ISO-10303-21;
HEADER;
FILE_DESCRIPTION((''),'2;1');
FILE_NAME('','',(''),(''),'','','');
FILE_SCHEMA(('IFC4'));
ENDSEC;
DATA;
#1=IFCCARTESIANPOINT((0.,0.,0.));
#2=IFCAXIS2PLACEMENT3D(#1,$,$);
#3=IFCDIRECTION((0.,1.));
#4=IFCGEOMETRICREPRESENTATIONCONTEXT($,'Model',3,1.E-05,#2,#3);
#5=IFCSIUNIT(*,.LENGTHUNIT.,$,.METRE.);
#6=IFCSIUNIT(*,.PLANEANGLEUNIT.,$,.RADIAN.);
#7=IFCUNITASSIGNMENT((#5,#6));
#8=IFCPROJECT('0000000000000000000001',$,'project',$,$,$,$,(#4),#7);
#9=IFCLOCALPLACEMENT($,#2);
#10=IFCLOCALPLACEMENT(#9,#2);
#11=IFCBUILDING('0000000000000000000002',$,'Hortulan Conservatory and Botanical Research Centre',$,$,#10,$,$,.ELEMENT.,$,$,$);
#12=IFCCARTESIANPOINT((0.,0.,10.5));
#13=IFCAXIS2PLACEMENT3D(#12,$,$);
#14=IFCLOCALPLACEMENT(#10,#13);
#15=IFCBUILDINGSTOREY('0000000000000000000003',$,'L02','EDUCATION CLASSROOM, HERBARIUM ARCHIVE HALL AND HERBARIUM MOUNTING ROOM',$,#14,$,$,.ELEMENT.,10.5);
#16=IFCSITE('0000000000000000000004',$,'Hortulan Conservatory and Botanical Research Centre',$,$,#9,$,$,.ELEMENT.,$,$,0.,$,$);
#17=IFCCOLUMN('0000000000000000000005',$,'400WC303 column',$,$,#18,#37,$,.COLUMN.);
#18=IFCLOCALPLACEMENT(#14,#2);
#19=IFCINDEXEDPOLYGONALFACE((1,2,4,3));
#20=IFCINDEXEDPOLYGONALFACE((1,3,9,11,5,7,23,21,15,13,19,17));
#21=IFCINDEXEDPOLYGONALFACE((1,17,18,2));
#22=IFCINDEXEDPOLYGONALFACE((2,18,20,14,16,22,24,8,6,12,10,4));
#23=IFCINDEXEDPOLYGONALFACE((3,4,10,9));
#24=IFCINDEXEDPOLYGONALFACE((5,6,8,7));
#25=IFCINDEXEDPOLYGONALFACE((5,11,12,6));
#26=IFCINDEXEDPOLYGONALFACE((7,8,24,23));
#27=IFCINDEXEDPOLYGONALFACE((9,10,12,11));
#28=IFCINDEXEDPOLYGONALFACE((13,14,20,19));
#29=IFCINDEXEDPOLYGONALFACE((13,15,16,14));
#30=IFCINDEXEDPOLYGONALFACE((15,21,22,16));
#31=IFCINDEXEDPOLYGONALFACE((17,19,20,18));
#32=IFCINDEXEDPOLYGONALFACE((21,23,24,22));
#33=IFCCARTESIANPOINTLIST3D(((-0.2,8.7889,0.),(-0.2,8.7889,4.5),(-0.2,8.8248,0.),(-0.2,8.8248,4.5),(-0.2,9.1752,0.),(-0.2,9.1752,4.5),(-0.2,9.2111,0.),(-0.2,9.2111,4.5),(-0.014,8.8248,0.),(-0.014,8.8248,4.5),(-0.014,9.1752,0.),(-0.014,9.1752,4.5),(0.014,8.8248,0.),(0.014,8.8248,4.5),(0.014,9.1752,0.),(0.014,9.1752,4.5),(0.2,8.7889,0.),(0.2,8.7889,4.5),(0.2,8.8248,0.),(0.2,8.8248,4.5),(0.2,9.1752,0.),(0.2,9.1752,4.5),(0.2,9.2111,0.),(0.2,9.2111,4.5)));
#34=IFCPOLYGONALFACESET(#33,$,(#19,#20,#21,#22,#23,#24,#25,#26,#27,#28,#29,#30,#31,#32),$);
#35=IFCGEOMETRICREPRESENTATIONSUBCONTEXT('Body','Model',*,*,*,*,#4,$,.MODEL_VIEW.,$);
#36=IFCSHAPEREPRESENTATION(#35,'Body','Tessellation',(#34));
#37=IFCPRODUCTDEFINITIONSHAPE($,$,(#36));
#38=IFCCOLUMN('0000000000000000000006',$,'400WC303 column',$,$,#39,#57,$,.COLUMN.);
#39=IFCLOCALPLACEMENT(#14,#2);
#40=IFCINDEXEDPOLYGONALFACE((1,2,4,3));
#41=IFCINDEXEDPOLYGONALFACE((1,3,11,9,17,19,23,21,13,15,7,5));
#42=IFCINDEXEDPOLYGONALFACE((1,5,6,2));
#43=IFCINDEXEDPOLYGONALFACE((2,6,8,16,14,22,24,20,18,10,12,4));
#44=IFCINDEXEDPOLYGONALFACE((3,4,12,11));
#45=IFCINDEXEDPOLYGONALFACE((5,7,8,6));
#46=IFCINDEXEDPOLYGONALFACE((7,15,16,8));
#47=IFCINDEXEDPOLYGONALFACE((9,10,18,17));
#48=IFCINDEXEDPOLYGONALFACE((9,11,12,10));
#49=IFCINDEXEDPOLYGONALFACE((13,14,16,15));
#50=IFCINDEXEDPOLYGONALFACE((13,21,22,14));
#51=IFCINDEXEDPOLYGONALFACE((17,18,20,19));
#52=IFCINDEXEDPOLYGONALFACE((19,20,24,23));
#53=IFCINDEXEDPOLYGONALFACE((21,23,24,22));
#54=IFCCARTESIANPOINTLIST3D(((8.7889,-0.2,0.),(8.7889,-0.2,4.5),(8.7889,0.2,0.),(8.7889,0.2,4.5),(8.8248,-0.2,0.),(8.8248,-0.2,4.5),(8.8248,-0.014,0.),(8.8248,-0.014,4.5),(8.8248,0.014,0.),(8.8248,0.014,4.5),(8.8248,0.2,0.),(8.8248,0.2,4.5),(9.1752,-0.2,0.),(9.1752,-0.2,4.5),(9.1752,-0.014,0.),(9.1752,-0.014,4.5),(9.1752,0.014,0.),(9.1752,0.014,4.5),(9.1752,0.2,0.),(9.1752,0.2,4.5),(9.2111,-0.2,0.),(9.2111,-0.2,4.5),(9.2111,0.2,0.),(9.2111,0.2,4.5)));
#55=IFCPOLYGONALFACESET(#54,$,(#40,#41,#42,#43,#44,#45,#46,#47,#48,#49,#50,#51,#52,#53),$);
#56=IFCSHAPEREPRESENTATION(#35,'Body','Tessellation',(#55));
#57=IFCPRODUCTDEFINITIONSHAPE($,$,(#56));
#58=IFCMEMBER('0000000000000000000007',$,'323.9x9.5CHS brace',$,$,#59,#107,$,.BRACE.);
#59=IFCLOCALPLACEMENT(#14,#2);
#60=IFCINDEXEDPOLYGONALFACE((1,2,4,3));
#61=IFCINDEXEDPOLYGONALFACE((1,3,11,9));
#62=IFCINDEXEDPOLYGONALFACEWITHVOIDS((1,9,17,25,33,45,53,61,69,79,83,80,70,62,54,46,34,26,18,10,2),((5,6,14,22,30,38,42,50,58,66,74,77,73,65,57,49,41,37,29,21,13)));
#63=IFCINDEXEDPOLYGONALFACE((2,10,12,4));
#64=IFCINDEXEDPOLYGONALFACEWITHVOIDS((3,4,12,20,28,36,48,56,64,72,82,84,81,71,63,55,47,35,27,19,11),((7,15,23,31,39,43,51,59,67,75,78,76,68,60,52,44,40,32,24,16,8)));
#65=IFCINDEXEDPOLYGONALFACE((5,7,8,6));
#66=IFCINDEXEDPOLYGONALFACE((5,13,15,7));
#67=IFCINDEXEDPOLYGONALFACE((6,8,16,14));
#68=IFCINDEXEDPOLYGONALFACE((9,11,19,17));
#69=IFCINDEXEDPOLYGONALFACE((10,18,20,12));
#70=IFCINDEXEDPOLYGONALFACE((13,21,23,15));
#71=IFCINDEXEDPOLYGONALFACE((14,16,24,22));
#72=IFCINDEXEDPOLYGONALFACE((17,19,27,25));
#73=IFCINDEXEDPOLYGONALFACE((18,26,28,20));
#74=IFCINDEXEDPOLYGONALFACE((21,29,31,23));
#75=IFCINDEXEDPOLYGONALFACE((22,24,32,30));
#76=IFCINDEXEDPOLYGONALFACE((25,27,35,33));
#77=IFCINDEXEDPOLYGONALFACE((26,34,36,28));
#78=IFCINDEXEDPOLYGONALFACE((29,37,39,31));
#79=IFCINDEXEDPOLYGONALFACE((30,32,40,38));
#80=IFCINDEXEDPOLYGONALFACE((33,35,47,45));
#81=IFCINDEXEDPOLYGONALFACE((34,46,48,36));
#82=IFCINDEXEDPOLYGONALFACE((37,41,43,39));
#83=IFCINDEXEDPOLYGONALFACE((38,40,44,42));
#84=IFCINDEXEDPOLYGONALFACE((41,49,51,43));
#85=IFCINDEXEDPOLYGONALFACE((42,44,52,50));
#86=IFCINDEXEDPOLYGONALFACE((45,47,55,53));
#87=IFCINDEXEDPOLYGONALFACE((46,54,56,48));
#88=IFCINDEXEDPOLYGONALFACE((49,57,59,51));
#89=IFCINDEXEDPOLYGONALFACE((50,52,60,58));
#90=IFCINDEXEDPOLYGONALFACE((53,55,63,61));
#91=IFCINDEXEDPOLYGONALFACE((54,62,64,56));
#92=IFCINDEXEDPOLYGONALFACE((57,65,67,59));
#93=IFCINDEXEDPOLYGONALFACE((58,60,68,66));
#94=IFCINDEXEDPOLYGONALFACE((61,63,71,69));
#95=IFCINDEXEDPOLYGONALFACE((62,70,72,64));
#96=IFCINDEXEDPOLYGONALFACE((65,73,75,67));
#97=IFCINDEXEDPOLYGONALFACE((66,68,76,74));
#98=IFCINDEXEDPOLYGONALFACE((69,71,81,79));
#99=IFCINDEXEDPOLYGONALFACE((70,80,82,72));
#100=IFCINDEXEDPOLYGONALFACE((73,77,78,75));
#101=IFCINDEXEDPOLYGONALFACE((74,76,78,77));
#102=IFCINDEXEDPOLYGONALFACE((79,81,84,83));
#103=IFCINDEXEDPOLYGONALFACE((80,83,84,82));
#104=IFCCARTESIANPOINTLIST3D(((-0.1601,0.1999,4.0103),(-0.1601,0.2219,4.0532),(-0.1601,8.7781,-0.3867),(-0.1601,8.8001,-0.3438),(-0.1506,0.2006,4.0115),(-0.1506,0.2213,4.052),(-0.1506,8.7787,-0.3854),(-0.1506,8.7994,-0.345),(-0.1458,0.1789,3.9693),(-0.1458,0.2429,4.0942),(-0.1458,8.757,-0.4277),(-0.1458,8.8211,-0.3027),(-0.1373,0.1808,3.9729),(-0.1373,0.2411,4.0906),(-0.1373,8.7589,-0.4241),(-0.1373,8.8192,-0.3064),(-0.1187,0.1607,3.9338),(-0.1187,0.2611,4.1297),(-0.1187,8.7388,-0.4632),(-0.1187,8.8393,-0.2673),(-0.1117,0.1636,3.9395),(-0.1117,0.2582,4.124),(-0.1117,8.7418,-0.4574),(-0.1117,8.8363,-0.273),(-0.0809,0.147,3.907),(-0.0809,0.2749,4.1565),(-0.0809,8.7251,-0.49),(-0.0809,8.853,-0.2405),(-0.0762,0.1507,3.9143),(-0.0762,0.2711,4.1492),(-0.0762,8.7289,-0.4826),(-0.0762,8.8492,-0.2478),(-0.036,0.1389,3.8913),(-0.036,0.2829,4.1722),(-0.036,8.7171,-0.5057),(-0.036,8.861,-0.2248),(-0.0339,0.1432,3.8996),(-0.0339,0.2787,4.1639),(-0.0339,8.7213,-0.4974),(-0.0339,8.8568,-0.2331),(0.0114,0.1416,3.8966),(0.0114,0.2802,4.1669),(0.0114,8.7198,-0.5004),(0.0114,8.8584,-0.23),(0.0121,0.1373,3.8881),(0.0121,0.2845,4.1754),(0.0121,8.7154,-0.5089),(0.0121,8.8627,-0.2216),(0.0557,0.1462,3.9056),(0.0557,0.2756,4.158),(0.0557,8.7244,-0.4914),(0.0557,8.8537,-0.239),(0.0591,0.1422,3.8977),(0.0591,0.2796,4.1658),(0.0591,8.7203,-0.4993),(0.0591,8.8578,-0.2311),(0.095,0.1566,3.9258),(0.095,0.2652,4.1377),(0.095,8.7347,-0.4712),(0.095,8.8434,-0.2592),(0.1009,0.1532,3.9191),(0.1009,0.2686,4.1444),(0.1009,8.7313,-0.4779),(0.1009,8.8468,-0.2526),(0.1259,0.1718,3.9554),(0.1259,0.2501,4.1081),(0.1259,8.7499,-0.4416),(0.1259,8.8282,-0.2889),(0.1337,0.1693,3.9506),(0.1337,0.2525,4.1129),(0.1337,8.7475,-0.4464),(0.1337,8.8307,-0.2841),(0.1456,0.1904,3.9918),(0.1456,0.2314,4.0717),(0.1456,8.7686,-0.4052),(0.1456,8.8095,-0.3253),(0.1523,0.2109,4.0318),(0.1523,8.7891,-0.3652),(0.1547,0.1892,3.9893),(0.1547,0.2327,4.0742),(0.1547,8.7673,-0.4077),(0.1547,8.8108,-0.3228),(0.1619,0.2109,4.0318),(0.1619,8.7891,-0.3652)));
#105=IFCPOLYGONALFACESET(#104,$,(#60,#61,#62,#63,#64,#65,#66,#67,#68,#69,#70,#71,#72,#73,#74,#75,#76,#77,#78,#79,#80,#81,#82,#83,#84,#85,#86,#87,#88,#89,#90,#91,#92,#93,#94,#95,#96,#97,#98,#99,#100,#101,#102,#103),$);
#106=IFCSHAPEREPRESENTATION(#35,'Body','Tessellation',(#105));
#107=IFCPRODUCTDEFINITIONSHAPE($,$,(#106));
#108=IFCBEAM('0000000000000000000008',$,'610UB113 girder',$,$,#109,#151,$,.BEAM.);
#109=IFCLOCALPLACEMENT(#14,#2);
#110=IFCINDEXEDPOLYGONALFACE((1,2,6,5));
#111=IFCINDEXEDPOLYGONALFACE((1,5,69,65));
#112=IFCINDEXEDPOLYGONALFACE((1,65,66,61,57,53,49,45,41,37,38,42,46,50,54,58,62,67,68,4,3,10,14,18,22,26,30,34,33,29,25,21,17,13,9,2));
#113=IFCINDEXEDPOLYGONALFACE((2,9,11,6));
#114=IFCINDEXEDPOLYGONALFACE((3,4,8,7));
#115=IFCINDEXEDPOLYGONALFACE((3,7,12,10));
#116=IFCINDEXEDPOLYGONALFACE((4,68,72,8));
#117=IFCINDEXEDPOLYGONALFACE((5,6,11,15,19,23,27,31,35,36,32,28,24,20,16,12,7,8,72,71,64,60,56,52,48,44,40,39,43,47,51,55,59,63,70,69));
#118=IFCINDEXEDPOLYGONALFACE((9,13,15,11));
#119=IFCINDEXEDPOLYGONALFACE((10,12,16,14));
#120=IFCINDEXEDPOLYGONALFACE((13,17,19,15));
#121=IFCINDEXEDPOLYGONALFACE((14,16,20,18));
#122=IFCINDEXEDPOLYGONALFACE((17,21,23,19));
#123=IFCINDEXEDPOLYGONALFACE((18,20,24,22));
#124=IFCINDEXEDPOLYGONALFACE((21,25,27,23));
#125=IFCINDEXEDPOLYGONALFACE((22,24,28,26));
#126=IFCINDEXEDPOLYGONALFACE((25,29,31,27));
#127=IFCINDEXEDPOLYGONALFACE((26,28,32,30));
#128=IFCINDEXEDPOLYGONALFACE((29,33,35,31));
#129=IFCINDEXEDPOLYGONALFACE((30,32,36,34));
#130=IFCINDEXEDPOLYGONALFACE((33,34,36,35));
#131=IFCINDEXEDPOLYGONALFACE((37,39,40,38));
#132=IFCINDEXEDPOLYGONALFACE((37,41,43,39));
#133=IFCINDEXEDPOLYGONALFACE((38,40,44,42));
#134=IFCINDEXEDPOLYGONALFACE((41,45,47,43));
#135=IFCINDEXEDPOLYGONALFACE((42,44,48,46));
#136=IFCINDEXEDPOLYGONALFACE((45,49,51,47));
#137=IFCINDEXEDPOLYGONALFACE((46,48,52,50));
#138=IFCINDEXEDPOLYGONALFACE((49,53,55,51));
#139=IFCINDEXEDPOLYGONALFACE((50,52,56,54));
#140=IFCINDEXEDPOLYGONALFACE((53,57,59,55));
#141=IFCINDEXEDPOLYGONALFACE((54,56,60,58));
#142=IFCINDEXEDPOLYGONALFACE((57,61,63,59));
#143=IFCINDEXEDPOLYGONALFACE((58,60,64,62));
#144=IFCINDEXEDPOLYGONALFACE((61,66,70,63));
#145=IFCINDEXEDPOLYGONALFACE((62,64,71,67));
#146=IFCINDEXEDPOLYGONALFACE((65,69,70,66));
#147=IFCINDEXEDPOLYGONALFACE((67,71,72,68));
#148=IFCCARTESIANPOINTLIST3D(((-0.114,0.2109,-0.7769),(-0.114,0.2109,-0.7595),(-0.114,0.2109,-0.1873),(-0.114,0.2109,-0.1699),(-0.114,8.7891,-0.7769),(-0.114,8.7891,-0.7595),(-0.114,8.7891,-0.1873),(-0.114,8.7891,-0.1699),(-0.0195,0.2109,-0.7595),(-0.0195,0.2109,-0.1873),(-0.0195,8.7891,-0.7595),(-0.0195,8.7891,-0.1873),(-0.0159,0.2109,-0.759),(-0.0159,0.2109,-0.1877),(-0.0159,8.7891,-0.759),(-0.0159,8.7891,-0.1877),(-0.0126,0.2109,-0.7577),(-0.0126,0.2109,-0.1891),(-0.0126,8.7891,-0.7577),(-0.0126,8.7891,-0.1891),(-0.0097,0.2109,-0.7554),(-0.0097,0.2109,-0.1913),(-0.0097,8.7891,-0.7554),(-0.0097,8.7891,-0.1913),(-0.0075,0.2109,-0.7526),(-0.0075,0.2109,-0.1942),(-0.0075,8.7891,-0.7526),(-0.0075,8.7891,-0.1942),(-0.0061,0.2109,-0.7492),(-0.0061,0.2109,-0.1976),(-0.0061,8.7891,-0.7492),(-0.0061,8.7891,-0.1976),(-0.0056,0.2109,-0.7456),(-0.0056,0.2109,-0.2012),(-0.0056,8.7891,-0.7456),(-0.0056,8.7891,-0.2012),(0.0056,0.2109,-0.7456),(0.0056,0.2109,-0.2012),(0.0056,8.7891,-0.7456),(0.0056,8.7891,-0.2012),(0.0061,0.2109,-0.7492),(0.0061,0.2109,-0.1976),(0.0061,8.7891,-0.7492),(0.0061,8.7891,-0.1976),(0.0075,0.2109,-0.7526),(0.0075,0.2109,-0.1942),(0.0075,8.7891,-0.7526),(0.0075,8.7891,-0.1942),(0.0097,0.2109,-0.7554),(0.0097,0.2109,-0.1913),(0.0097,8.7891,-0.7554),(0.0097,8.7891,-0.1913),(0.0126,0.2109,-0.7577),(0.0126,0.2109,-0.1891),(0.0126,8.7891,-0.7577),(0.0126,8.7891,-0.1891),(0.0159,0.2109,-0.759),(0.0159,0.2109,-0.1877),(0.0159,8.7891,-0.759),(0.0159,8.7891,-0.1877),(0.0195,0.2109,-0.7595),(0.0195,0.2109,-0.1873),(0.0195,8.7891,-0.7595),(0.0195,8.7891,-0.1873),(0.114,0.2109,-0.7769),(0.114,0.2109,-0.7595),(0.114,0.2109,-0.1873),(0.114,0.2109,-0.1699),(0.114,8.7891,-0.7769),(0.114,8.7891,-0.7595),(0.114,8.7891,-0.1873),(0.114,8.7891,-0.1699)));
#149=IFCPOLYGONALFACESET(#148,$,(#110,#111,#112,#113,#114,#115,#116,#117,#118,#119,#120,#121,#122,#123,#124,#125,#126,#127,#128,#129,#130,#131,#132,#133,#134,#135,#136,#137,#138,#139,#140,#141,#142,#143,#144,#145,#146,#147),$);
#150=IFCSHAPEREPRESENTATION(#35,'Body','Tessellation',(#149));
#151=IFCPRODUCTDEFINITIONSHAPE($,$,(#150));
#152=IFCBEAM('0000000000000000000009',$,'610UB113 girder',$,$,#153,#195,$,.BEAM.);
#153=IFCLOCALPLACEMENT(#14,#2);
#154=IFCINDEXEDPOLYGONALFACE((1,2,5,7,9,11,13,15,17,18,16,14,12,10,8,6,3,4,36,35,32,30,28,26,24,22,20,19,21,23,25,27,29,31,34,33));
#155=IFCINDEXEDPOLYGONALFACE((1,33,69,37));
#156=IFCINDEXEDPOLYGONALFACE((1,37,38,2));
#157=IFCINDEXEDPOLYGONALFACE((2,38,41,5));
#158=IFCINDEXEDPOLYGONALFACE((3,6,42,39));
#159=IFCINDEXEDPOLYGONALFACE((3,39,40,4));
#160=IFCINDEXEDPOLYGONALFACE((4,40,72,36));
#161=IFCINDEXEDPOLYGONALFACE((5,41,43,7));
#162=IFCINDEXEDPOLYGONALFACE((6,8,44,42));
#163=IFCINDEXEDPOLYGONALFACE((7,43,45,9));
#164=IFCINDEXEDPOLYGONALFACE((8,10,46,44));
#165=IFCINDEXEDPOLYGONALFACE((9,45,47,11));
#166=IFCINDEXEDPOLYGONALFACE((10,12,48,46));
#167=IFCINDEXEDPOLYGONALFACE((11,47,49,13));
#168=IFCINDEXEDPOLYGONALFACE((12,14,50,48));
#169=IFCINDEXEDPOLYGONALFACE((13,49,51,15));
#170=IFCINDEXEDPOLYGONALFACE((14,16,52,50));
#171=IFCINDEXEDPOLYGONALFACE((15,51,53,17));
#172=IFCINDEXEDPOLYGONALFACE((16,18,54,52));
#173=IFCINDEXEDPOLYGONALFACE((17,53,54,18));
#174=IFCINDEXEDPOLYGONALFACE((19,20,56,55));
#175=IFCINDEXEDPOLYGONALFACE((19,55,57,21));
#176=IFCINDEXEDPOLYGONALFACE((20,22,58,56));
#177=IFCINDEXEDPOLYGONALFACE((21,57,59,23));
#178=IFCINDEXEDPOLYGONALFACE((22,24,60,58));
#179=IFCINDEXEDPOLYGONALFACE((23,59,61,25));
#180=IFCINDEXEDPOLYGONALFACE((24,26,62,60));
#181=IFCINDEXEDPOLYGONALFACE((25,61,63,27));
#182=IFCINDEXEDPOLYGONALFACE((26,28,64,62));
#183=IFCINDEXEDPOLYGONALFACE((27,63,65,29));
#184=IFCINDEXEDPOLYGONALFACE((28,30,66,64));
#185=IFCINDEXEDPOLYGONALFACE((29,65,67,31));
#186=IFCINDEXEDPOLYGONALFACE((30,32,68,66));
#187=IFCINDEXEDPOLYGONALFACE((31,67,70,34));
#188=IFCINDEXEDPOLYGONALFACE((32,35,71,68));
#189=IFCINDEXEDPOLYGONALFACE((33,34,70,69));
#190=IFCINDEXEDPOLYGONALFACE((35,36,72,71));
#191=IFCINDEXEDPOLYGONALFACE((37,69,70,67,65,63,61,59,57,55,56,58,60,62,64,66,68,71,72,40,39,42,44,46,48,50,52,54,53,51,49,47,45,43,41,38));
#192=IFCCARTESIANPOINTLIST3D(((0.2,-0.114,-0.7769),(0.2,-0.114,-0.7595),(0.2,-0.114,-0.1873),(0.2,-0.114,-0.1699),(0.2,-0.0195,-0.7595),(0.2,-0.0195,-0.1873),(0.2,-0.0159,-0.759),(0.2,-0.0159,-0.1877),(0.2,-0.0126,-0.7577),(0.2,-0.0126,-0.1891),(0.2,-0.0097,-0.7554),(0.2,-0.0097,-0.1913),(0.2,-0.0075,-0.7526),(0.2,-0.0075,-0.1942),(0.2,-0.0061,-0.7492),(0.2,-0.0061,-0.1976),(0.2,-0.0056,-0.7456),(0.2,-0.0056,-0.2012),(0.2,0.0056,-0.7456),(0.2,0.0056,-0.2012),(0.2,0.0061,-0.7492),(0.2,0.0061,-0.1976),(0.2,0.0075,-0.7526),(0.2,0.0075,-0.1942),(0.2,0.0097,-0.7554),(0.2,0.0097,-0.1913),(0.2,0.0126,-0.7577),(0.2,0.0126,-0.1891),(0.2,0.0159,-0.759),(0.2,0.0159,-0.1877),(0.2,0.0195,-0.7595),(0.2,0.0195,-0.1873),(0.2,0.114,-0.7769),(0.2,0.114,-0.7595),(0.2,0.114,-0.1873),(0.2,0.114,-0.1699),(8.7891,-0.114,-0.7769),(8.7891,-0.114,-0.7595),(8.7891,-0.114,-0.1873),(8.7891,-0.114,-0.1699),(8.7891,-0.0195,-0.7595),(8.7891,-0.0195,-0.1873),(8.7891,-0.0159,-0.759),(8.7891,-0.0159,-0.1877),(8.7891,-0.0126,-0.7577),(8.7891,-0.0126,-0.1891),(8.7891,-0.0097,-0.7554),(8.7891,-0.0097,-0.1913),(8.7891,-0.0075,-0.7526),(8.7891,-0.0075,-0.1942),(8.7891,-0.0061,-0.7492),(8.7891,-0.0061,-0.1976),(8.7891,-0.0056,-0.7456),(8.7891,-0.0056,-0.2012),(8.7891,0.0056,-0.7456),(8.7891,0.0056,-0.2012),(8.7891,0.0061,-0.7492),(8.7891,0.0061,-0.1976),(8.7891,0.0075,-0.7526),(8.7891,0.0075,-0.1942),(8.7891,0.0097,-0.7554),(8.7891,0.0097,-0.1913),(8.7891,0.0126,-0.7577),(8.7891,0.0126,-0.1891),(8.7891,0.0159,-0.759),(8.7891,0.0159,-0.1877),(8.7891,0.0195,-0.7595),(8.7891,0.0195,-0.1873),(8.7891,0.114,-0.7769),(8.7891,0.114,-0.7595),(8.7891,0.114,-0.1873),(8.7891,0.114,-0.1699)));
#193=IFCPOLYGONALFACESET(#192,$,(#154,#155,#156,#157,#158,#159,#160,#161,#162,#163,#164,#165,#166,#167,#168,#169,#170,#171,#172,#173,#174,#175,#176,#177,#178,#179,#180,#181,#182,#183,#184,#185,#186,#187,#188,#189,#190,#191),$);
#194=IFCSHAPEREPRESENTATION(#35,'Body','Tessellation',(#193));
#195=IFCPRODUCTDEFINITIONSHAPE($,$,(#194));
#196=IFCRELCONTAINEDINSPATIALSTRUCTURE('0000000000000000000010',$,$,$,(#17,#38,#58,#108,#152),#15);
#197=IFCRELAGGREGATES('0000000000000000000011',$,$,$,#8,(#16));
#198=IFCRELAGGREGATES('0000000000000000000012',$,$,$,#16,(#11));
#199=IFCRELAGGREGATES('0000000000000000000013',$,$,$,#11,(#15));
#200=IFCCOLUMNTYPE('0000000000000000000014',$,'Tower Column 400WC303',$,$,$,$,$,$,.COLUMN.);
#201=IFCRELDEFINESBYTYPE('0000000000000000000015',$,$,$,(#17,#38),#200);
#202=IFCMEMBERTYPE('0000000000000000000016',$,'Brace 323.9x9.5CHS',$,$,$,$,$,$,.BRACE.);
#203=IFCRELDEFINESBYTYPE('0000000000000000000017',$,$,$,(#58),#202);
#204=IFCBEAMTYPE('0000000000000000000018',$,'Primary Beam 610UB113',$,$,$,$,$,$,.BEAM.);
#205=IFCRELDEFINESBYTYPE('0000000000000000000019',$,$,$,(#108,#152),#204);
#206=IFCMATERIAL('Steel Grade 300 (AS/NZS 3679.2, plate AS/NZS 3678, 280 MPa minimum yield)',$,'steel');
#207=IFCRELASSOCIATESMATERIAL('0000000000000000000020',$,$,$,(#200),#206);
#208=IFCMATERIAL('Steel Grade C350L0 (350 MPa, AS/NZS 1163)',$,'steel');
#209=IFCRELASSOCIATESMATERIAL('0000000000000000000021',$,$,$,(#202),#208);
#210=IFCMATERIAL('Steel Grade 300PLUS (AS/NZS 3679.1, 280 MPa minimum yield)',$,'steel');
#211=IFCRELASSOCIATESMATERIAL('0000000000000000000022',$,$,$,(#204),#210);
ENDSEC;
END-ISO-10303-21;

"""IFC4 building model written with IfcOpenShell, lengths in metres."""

from ifc_helpers import new_model, si_unit, direction, frame, origin, origin_2d, place, context, subcontext, project, spatial, hollow_circle, i_section, extrude, material, material_profile, profile_set, type_object, element, save


model = new_model("IFC4")

# Units and contexts
model_context = context("Model", 3, precision=1e-05, world=origin(), true_north=direction((0.0, 1.0)))
body_context = subcontext(model_context, "Body", "Model", "MODEL_VIEW")
ifc_project = project(units=[si_unit("LENGTHUNIT", "METRE"), si_unit("PLANEANGLEUNIT", "RADIAN")], contexts=[model_context])

# Site, building, storey
site_placement = place(None, origin())
site = spatial("IfcSite", under=ifc_project, at=site_placement, Name="Hortulan Conservatory and Botanical Research Centre", CompositionType="ELEMENT", RefElevation=0.0)
building_placement = place(site_placement, origin())
building = spatial("IfcBuilding", under=site, at=building_placement, Name="Hortulan Conservatory and Botanical Research Centre", CompositionType="ELEMENT")
storey_placement = place(building_placement, frame((0.0, 0.0, 10.5)))
storey = spatial("IfcBuildingStorey", under=building, at=storey_placement, Name="L02", Description="EDUCATION CLASSROOM, HERBARIUM ARCHIVE HALL AND HERBARIUM MOUNTING ROOM", CompositionType="ELEMENT", Elevation=10.5)

# Columns
ifc_material_1 = material(Name="Steel Grade 300 (AS/NZS 3679.2, plate AS/NZS 3678, 280 MPa minimum yield)", Category="steel")
ifc_material_profile_1 = material_profile(ifc_material_1, i_section(OverallWidth=0.3999, OverallDepth=0.4221, WebThickness=0.0281, FlangeThickness=0.0359, at=origin_2d()), Name="400WC303")
ifc_profile_set_1 = profile_set([ifc_material_profile_1], Name="Steel Grade 300 (AS/NZS 3679.2, plate AS/NZS 3678, 280 MPa minimum yield)")
column_type = type_object("IfcColumnType", Name="Tower Column 400WC303", PredefinedType="COLUMN", material=ifc_profile_set_1)
for number, where, z_axis, x_axis, name in (
    (1, (0.0, 9.0, 0.0), (0.0, 0.0, 1.0), (1.0, 0.0, 0.0), "400WC303 column"),
    (2, (9.0, 0.0, 0.0), (0.0, 0.0, 1.0), (0.0, 1.0, 0.0), "400WC303 column"),
):
    element("IfcColumn", number, at=place(storey_placement, frame(where, z_axis=z_axis, x_axis=x_axis)), inside=storey, type_object=column_type, Name=name, PredefinedType="COLUMN", context=body_context, shape_type="SweptSolid", body=[
        extrude(i_section(OverallWidth=0.3999, OverallDepth=0.4221, WebThickness=0.0281, FlangeThickness=0.0359, at=origin_2d()), origin(), (0.0, 0.0, 1.0), 4.5),
    ])

# Member
ifc_material_2 = material(Name="Steel Grade C350L0 (350 MPa, AS/NZS 1163)", Category="steel")
ifc_material_profile_2 = material_profile(ifc_material_2, hollow_circle(Radius=0.1619, WallThickness=0.0095, at=origin_2d()), Name="323.9x9.5CHS")
ifc_profile_set_2 = profile_set([ifc_material_profile_2], Name="Steel Grade C350L0 (350 MPa, AS/NZS 1163)")
member_type = type_object("IfcMemberType", Name="Brace 323.9x9.5CHS", PredefinedType="BRACE", material=ifc_profile_set_2)
member_placement = place(storey_placement, frame((0.0, 8.7891, -0.3652), z_axis=(0.0, -0.889904, 0.456147), x_axis=(1.0, 0.0, 0.0)))
element("IfcMember", 3, at=member_placement, inside=storey, type_object=member_type, Name="323.9x9.5CHS brace", PredefinedType="BRACE", context=body_context, shape_type="SweptSolid", body=[
    extrude(hollow_circle(Radius=0.1619, WallThickness=0.0095, at=origin_2d()), origin(), (0.0, 0.0, 1.0), 9.6394),
])

# Beams
ifc_material_3 = material(Name="Steel Grade 300PLUS (AS/NZS 3679.1, 280 MPa minimum yield)", Category="steel")
ifc_material_profile_3 = material_profile(ifc_material_3, i_section(OverallWidth=0.228, OverallDepth=0.6069, WebThickness=0.0112, FlangeThickness=0.0173, FilletRadius=0.0139, at=origin_2d()), Name="610UB113")
ifc_profile_set_3 = profile_set([ifc_material_profile_3], Name="Steel Grade 300PLUS (AS/NZS 3679.1, 280 MPa minimum yield)")
beam_type_1 = type_object("IfcBeamType", Name="Primary Beam 610UB113", PredefinedType="BEAM", material=ifc_profile_set_3)
beam_1_placement = place(storey_placement, frame((0.0, 0.2109, -0.4734), z_axis=(0.0, 1.0, 0.0), x_axis=(-1.0, 0.0, 0.0)))
element("IfcBeam", 4, at=beam_1_placement, inside=storey, type_object=beam_type_1, Name="610UB113 girder", PredefinedType="BEAM", context=body_context, shape_type="SweptSolid", body=[
    extrude(i_section(OverallWidth=0.228, OverallDepth=0.6069, WebThickness=0.0112, FlangeThickness=0.0173, FilletRadius=0.0139, at=origin_2d()), origin(), (0.0, 0.0, 1.0), 8.5781),
])
beam_2_placement = place(storey_placement, frame((0.2, 0.0, -0.4734), z_axis=(1.0, 0.0, 0.0), x_axis=(0.0, 1.0, 0.0)))
element("IfcBeam", 5, at=beam_2_placement, inside=storey, type_object=beam_type_1, Name="610UB113 girder", PredefinedType="BEAM", context=body_context, shape_type="SweptSolid", body=[
    extrude(i_section(OverallWidth=0.228, OverallDepth=0.6069, WebThickness=0.0112, FlangeThickness=0.0173, FilletRadius=0.0139, at=origin_2d()), origin(), (0.0, 0.0, 1.0), 8.5891),
])

save(model, "model.ifc")
